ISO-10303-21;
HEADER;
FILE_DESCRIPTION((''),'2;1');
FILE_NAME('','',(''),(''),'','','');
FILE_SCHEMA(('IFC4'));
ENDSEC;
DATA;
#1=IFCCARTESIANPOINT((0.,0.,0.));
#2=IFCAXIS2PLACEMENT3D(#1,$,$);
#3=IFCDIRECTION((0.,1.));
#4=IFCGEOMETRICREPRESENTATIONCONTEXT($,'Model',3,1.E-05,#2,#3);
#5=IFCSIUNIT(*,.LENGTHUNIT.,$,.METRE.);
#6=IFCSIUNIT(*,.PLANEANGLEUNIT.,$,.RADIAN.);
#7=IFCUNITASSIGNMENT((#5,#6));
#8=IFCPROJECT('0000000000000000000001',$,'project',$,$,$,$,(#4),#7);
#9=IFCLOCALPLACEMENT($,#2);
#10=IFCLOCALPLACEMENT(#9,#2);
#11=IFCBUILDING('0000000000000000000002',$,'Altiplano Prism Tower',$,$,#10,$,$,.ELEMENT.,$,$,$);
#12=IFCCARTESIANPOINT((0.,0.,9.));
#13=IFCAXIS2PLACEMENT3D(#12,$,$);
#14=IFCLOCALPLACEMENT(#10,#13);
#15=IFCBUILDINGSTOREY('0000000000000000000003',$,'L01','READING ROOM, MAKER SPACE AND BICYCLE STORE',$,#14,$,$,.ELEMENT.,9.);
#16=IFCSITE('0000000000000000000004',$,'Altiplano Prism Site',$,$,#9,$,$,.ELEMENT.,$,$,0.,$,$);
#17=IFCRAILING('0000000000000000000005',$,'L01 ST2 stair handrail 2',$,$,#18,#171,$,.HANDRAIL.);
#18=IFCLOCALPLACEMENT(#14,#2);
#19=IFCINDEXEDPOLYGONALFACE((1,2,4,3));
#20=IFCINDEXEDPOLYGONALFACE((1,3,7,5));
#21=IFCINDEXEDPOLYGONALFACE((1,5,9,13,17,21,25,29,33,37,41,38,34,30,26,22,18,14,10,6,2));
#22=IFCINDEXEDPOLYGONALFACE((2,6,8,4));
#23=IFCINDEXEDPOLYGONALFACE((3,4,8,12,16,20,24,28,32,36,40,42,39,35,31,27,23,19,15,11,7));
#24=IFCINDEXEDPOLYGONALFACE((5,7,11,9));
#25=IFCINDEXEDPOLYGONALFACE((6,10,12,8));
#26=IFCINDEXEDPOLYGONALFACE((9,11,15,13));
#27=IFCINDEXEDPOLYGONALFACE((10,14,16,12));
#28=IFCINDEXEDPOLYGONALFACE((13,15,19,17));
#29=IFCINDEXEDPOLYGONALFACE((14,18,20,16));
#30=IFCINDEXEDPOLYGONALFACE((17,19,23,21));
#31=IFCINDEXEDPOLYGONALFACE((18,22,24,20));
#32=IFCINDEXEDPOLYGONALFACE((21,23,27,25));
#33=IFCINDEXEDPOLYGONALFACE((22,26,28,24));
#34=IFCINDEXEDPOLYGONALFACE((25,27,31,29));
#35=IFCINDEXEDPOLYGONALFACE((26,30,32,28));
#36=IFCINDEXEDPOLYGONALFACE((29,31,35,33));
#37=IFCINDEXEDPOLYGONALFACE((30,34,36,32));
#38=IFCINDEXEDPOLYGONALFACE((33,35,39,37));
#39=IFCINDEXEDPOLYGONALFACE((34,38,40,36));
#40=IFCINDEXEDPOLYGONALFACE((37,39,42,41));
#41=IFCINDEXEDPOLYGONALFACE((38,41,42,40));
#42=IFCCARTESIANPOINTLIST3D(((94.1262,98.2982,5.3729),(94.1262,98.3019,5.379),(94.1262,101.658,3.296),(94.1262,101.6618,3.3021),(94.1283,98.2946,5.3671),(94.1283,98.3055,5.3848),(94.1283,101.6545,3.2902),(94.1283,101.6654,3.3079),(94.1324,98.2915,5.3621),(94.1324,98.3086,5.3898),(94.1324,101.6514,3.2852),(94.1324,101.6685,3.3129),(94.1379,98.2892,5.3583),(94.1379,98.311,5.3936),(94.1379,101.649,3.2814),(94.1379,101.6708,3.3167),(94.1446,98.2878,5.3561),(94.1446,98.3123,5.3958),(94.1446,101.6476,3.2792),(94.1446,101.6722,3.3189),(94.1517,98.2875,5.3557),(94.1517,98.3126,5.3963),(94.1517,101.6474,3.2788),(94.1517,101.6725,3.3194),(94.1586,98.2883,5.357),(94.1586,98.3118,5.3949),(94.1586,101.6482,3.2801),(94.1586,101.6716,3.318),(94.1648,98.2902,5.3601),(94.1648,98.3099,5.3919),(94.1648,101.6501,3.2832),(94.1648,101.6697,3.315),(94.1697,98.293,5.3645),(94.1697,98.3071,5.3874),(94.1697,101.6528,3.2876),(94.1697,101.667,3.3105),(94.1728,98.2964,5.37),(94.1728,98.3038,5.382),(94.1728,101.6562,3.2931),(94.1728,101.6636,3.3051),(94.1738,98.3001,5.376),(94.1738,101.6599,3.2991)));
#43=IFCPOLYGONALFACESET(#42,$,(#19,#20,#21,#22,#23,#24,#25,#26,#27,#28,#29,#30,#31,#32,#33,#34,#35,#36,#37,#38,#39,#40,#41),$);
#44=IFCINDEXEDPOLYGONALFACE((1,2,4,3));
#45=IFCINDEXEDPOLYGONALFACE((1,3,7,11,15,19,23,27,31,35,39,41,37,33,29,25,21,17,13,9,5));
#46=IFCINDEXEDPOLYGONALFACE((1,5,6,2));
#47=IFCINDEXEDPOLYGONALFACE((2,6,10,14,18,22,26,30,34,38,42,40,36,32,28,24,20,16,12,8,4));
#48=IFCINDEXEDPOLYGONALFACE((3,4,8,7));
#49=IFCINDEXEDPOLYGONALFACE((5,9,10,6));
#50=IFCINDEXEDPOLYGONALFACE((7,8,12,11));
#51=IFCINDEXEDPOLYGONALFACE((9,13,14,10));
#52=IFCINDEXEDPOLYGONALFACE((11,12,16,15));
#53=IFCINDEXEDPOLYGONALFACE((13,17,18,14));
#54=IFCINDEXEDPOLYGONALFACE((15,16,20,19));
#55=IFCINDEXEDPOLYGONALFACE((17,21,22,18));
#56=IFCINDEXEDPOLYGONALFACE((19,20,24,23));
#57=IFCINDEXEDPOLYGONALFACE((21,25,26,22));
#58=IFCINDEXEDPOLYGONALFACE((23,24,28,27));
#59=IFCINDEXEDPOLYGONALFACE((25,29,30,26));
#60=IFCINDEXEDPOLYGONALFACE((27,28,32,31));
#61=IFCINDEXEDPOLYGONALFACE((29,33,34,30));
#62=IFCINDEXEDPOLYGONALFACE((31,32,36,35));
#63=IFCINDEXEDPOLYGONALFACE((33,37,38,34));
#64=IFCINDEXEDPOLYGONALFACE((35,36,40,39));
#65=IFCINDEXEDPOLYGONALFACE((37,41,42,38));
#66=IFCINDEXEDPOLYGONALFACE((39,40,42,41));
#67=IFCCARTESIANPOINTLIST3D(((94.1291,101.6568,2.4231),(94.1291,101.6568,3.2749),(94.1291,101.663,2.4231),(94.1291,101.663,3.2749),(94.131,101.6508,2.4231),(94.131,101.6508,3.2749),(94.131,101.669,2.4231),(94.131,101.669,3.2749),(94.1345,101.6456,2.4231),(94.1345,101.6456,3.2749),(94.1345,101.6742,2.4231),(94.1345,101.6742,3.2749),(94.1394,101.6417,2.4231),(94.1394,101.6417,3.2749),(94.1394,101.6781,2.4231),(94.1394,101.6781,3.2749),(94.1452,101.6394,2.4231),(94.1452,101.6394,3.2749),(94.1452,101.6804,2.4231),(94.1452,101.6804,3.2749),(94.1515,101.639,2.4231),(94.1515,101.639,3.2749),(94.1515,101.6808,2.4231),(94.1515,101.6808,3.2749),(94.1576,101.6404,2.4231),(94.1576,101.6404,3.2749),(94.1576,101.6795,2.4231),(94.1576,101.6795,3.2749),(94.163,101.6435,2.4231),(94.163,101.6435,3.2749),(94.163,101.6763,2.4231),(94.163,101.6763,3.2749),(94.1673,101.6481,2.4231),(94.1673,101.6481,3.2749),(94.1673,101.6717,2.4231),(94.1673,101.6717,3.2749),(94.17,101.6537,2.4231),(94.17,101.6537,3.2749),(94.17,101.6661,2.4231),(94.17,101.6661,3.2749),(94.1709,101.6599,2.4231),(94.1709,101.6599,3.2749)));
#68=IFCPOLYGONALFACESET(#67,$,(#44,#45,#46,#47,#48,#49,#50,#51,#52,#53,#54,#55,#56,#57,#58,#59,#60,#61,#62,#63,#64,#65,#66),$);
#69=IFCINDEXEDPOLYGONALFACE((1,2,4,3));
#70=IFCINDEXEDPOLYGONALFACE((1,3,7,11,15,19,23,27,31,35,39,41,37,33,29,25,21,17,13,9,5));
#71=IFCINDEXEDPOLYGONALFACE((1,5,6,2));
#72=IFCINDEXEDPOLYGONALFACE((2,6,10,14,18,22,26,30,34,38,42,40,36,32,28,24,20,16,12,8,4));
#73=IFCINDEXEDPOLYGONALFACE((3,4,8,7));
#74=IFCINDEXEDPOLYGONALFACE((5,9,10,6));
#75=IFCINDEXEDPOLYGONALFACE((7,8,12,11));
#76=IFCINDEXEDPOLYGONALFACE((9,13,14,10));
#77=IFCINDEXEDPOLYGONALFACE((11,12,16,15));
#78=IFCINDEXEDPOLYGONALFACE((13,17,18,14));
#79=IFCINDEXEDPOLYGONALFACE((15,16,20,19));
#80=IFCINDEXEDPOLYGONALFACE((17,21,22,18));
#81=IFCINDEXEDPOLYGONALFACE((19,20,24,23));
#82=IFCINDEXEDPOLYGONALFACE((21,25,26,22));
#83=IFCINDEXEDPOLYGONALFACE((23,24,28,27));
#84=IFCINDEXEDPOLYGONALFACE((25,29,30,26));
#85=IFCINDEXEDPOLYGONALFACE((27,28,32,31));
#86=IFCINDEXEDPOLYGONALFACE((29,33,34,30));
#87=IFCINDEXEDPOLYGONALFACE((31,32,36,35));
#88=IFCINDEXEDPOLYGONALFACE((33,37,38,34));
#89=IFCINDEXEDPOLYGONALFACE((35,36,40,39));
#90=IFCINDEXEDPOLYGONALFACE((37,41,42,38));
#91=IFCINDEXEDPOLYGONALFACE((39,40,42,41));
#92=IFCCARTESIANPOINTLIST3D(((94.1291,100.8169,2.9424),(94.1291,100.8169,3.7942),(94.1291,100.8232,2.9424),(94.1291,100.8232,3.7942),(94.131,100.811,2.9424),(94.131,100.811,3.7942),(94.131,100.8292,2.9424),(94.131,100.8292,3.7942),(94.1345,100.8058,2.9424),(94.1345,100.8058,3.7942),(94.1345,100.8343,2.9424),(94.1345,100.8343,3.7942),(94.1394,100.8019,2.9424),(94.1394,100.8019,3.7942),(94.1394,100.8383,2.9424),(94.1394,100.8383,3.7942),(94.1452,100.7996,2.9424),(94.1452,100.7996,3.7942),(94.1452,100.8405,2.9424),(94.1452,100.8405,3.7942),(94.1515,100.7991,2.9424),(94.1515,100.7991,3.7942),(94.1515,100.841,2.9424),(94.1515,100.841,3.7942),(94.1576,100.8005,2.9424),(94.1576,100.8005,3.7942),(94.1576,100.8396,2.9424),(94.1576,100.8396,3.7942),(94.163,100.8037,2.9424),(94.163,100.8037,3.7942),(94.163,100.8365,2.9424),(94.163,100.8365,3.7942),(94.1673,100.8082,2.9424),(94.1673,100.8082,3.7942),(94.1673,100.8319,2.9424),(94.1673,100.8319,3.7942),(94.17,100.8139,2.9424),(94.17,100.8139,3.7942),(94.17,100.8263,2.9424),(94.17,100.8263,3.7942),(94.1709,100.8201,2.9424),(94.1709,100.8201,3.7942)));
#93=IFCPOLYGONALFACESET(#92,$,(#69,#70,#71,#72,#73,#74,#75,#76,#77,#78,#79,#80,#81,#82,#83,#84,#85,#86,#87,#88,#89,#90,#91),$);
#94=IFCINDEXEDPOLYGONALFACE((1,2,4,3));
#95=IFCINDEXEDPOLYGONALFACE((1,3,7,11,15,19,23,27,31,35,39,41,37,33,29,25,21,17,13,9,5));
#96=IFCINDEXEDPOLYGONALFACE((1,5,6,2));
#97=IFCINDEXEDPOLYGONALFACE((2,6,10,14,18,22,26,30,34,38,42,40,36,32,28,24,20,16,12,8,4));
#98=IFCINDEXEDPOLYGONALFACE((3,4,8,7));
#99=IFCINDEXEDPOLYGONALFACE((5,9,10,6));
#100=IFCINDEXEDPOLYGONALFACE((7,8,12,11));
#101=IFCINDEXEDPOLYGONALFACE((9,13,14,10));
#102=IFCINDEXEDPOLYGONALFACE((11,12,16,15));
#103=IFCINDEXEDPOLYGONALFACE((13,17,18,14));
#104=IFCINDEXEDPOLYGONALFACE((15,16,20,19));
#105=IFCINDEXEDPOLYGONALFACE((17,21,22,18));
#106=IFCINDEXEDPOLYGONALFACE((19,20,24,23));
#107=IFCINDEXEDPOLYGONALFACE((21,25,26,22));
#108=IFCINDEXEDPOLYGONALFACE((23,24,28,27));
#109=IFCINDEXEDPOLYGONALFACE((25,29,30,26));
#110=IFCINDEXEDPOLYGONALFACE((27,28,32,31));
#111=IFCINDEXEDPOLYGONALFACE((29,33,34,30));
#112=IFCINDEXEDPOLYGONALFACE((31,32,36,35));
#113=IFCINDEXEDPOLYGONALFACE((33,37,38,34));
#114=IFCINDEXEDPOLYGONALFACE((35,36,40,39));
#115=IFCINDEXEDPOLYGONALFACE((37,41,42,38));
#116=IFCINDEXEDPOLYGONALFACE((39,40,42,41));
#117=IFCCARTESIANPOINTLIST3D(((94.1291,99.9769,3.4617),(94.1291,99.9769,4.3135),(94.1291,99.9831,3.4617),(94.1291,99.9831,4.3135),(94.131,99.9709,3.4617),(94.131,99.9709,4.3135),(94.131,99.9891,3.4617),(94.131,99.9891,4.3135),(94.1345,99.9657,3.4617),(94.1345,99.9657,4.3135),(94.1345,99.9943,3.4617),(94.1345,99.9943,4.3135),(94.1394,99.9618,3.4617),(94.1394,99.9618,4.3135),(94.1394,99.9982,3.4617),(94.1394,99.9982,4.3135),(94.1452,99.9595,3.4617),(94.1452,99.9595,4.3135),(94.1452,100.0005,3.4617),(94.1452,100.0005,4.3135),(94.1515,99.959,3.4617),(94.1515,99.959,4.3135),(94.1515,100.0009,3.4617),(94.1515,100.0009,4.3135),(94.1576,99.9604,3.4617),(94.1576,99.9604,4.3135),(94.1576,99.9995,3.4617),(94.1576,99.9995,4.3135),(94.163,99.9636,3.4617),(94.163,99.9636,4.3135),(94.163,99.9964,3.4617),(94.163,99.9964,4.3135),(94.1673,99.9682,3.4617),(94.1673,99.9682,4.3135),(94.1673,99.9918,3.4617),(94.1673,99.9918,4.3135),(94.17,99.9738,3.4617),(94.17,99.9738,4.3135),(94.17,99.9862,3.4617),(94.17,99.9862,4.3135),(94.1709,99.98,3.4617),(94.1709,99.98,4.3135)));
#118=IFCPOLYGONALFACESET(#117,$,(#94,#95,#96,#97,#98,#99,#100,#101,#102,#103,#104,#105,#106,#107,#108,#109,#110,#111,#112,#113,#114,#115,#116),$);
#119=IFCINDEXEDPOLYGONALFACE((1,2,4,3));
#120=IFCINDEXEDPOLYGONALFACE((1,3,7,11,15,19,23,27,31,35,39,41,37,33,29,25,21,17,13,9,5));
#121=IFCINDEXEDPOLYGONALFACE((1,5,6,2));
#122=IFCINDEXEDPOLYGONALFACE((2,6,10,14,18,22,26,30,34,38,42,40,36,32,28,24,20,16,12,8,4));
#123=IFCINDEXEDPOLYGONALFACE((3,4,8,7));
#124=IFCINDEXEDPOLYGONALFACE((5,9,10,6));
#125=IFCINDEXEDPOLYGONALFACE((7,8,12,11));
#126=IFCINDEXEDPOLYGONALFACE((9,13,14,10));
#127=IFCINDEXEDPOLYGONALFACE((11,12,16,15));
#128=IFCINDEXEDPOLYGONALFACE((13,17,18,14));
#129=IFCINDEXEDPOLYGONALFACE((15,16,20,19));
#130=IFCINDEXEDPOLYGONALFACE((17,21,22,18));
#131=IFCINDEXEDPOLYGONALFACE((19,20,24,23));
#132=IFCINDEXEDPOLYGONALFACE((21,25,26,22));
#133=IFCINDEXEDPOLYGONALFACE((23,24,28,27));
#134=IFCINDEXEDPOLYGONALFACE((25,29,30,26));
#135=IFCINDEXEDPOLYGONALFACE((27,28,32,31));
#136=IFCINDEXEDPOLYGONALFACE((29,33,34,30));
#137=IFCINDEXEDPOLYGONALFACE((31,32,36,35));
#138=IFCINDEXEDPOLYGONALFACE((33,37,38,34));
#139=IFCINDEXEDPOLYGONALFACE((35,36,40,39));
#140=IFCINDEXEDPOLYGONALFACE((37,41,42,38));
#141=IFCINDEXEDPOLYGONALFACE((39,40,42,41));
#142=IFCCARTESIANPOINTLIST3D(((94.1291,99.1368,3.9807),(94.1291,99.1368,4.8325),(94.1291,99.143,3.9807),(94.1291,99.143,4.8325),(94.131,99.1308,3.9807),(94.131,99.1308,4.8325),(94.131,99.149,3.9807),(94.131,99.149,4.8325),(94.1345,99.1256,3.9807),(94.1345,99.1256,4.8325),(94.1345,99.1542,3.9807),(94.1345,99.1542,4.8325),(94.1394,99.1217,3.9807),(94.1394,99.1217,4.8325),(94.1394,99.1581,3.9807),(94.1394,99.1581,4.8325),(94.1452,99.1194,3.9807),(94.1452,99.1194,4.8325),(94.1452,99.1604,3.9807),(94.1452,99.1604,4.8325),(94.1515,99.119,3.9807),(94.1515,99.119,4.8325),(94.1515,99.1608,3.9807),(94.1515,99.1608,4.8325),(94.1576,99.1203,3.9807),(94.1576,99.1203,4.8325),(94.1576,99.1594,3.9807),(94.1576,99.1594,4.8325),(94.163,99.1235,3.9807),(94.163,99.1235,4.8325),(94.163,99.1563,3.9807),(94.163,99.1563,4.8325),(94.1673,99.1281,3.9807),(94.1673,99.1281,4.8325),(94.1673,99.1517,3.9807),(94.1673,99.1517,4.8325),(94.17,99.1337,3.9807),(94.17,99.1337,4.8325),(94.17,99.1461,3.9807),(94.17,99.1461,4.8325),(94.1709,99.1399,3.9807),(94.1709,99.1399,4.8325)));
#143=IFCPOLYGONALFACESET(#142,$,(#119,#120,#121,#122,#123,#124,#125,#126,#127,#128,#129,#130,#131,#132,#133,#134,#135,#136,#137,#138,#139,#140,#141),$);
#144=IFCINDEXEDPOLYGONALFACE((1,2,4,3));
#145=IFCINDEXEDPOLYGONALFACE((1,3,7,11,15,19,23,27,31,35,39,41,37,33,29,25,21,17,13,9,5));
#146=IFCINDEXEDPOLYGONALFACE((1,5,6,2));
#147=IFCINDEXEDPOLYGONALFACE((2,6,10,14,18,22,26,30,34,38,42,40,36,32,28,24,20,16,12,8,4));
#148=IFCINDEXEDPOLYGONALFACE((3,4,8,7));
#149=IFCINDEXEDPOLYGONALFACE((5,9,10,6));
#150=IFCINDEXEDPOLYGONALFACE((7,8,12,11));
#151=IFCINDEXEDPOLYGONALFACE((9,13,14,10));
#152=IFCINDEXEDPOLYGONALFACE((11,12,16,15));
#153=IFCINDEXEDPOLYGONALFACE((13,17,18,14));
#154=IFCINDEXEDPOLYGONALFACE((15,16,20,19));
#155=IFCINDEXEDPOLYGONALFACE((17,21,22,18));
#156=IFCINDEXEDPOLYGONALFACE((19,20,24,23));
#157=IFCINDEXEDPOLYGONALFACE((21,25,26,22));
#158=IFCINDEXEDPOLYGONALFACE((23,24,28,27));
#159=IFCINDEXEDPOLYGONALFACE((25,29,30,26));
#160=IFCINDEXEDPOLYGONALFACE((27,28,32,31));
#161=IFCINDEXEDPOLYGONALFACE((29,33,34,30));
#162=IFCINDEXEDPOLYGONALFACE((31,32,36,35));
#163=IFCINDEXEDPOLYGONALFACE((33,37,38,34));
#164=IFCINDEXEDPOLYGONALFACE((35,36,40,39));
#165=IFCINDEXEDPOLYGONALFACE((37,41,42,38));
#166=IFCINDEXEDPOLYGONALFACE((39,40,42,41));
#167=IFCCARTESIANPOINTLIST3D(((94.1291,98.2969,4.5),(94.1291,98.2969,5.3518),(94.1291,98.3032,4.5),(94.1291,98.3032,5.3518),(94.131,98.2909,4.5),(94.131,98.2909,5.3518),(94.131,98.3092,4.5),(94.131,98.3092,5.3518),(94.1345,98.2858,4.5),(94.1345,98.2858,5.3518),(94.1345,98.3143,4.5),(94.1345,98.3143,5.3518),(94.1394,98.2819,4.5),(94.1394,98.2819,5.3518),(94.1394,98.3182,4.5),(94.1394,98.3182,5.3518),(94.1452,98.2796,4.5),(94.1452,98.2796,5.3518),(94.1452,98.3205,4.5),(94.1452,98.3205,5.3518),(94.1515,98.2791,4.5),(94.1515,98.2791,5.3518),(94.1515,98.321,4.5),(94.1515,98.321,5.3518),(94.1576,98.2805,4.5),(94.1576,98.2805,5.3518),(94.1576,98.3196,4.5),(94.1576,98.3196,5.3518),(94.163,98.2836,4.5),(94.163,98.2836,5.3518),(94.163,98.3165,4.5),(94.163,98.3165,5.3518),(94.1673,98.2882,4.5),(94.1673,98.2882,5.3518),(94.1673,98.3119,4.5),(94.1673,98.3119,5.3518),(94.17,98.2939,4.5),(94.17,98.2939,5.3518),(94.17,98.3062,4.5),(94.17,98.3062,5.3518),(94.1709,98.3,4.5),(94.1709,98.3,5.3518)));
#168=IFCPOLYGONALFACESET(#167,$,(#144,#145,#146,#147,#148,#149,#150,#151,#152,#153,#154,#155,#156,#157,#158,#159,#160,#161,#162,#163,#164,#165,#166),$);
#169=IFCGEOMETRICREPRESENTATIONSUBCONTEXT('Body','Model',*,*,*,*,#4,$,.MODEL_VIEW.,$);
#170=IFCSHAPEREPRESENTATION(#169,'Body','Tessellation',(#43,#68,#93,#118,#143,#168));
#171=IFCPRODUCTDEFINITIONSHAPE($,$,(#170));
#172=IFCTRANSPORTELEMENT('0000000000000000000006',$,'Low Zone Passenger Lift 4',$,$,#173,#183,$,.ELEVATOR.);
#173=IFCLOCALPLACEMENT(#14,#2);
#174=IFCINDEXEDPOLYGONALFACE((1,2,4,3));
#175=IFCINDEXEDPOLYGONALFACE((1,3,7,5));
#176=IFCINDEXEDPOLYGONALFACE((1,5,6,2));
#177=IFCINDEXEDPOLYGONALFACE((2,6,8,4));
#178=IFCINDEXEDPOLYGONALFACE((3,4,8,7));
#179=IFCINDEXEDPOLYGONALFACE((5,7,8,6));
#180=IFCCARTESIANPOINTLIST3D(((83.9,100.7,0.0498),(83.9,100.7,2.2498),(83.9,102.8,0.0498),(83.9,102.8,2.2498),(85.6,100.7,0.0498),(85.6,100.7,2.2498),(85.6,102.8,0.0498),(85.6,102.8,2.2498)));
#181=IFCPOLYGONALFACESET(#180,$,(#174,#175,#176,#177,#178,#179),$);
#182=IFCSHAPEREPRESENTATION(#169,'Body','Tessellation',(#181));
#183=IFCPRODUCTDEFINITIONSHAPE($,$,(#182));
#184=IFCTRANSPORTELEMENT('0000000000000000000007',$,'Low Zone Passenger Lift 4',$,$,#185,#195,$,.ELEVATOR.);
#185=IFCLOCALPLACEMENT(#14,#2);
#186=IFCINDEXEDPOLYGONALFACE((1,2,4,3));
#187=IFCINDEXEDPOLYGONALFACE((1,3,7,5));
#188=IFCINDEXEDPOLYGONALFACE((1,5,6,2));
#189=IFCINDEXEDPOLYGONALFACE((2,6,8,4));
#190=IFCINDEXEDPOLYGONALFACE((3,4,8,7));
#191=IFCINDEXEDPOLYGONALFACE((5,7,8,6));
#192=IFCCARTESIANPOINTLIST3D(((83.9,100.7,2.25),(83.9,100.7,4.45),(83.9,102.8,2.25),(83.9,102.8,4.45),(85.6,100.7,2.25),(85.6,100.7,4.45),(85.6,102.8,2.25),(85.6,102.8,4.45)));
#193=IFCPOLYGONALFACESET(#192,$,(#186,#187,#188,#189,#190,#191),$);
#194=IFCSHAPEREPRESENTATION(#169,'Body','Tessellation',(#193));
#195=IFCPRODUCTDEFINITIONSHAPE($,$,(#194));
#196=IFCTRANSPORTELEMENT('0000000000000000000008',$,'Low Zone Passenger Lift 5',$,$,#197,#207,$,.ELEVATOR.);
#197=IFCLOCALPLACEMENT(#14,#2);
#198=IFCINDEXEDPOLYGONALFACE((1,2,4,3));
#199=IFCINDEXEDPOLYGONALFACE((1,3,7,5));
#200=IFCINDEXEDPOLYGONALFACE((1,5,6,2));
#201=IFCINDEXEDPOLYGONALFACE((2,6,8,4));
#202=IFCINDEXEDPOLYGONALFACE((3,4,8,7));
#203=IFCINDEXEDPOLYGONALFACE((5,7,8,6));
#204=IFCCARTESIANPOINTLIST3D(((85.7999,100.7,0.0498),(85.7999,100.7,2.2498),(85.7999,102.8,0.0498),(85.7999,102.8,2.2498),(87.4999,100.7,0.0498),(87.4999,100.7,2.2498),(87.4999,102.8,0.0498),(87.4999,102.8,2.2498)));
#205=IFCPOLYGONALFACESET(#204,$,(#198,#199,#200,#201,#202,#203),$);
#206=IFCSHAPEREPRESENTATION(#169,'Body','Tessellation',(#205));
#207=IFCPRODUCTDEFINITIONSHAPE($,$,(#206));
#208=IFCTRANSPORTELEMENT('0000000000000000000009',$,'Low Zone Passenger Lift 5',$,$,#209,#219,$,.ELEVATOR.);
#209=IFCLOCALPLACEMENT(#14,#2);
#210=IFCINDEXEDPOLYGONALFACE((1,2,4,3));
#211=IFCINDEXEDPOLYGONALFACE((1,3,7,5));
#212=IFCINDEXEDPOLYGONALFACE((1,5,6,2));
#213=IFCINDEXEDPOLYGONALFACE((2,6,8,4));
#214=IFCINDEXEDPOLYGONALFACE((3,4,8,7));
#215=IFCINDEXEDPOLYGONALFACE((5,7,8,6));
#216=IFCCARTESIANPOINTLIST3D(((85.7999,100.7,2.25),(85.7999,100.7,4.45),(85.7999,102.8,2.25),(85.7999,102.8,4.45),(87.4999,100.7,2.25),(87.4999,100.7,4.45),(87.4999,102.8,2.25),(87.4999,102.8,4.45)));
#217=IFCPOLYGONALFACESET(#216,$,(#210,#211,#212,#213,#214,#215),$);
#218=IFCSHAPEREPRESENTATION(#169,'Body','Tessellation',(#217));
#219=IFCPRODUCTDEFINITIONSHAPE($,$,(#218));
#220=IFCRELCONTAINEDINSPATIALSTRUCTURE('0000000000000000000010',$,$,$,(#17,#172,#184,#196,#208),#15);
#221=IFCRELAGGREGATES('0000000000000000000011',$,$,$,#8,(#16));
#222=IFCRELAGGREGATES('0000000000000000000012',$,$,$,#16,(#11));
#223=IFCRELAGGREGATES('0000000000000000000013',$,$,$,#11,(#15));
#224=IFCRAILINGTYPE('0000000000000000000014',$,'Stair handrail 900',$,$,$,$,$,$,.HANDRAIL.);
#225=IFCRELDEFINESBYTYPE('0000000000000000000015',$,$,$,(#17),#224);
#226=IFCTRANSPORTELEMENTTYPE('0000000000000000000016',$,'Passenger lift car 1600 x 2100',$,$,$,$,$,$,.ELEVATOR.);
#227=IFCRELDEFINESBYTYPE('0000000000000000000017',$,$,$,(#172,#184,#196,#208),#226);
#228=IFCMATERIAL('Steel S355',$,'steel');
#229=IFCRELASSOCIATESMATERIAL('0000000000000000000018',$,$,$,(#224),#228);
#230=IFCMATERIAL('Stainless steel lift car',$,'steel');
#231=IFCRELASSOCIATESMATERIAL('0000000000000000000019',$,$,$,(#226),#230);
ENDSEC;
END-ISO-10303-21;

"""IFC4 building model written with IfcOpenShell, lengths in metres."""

from ifc_helpers import new_model, si_unit, direction, frame, origin, origin_2d, place, context, subcontext, project, spatial, rectangle, circle, extrude, material, type_object, element, save


model = new_model("IFC4")

# Units and contexts
model_context = context("Model", 3, precision=1e-05, world=origin(), true_north=direction((0.0, 1.0)))
body_context = subcontext(model_context, "Body", "Model", "MODEL_VIEW")
ifc_project = project(units=[si_unit("LENGTHUNIT", "METRE"), si_unit("PLANEANGLEUNIT", "RADIAN")], contexts=[model_context])

# Site, building, storey
site_placement = place(None, origin())
site = spatial("IfcSite", under=ifc_project, at=site_placement, Name="Altiplano Prism Site", CompositionType="ELEMENT", RefElevation=0.0)
building_placement = place(site_placement, origin())
building = spatial("IfcBuilding", under=site, at=building_placement, Name="Altiplano Prism Tower", CompositionType="ELEMENT")
storey_placement = place(building_placement, frame((0.0, 0.0, 9.0)))
storey = spatial("IfcBuildingStorey", under=building, at=storey_placement, Name="L01", Description="READING ROOM, MAKER SPACE AND BICYCLE STORE", CompositionType="ELEMENT", Elevation=9.0)

# Railing
ifc_material_1 = material(Name="Steel S355", Category="steel")
railing_type_1 = type_object("IfcRailingType", Name="Stair handrail 900", PredefinedType="HANDRAIL", material=ifc_material_1)
railing_1_placement = place(storey_placement, frame((94.1499, 101.6599, 2.4231)))
element("IfcRailing", 1, at=railing_1_placement, inside=storey, type_object=railing_type_1, Name="L01 ST2 stair handrail 2", PredefinedType="HANDRAIL", context=body_context, shape_type="SweptSolid", body=[
    extrude(circle(Radius=0.0239, at=origin_2d()), frame((0.0, 0.0, 0.876), z_axis=(0.0, -0.850606, 0.525803), x_axis=(1.0, 0.0, 0.0)), (0.0, 0.0, 1.0), 3.95),
    extrude(circle(Radius=0.021, at=origin_2d()), origin(), (0.0, 0.0, 1.0), 0.8518),
    extrude(circle(Radius=0.021, at=origin_2d()), frame((0.0, -0.8398, 0.5193)), (0.0, 0.0, 1.0), 0.8518),
    extrude(circle(Radius=0.021, at=origin_2d()), frame((0.0, -1.6799, 1.0386)), (0.0, 0.0, 1.0), 0.8518),
    extrude(circle(Radius=0.021, at=origin_2d()), frame((0.0, -2.52, 1.5576)), (0.0, 0.0, 1.0), 0.8518),
    extrude(circle(Radius=0.021, at=origin_2d()), frame((0.0, -3.3599, 2.0769)), (0.0, 0.0, 1.0), 0.8518),
])

# Transport elements
ifc_material_2 = material(Name="Stainless steel lift car", Category="steel")
transport_element_type = type_object("IfcTransportElementType", Name="Passenger lift car 1600 x 2100", PredefinedType="ELEVATOR", material=ifc_material_2)
for number, where, z_axis, x_axis, name in (
    (2, (84.75, 101.75, 0.0498), (0.0, 0.0, 1.0), (1.0, 0.0, 0.0), "Low Zone Passenger Lift 4"),
    (3, (84.75, 101.75, 2.25), (0.0, 0.0, 1.0), (1.0, 0.0, 0.0), "Low Zone Passenger Lift 4"),
    (4, (86.6499, 101.75, 0.0498), (0.0, 0.0, 1.0), (1.0, 0.0, 0.0), "Low Zone Passenger Lift 5"),
    (5, (86.6499, 101.75, 2.25), (0.0, 0.0, 1.0), (1.0, 0.0, 0.0), "Low Zone Passenger Lift 5"),
):
    element("IfcTransportElement", number, at=place(storey_placement, frame(where, z_axis=z_axis, x_axis=x_axis)), inside=storey, type_object=transport_element_type, Name=name, PredefinedType="ELEVATOR", context=body_context, shape_type="SweptSolid", body=[
        extrude(rectangle(XDim=1.7, YDim=2.1001, at=origin_2d()), origin(), (0.0, 0.0, 1.0), 2.2),
    ])

save(model, "model.ifc")
